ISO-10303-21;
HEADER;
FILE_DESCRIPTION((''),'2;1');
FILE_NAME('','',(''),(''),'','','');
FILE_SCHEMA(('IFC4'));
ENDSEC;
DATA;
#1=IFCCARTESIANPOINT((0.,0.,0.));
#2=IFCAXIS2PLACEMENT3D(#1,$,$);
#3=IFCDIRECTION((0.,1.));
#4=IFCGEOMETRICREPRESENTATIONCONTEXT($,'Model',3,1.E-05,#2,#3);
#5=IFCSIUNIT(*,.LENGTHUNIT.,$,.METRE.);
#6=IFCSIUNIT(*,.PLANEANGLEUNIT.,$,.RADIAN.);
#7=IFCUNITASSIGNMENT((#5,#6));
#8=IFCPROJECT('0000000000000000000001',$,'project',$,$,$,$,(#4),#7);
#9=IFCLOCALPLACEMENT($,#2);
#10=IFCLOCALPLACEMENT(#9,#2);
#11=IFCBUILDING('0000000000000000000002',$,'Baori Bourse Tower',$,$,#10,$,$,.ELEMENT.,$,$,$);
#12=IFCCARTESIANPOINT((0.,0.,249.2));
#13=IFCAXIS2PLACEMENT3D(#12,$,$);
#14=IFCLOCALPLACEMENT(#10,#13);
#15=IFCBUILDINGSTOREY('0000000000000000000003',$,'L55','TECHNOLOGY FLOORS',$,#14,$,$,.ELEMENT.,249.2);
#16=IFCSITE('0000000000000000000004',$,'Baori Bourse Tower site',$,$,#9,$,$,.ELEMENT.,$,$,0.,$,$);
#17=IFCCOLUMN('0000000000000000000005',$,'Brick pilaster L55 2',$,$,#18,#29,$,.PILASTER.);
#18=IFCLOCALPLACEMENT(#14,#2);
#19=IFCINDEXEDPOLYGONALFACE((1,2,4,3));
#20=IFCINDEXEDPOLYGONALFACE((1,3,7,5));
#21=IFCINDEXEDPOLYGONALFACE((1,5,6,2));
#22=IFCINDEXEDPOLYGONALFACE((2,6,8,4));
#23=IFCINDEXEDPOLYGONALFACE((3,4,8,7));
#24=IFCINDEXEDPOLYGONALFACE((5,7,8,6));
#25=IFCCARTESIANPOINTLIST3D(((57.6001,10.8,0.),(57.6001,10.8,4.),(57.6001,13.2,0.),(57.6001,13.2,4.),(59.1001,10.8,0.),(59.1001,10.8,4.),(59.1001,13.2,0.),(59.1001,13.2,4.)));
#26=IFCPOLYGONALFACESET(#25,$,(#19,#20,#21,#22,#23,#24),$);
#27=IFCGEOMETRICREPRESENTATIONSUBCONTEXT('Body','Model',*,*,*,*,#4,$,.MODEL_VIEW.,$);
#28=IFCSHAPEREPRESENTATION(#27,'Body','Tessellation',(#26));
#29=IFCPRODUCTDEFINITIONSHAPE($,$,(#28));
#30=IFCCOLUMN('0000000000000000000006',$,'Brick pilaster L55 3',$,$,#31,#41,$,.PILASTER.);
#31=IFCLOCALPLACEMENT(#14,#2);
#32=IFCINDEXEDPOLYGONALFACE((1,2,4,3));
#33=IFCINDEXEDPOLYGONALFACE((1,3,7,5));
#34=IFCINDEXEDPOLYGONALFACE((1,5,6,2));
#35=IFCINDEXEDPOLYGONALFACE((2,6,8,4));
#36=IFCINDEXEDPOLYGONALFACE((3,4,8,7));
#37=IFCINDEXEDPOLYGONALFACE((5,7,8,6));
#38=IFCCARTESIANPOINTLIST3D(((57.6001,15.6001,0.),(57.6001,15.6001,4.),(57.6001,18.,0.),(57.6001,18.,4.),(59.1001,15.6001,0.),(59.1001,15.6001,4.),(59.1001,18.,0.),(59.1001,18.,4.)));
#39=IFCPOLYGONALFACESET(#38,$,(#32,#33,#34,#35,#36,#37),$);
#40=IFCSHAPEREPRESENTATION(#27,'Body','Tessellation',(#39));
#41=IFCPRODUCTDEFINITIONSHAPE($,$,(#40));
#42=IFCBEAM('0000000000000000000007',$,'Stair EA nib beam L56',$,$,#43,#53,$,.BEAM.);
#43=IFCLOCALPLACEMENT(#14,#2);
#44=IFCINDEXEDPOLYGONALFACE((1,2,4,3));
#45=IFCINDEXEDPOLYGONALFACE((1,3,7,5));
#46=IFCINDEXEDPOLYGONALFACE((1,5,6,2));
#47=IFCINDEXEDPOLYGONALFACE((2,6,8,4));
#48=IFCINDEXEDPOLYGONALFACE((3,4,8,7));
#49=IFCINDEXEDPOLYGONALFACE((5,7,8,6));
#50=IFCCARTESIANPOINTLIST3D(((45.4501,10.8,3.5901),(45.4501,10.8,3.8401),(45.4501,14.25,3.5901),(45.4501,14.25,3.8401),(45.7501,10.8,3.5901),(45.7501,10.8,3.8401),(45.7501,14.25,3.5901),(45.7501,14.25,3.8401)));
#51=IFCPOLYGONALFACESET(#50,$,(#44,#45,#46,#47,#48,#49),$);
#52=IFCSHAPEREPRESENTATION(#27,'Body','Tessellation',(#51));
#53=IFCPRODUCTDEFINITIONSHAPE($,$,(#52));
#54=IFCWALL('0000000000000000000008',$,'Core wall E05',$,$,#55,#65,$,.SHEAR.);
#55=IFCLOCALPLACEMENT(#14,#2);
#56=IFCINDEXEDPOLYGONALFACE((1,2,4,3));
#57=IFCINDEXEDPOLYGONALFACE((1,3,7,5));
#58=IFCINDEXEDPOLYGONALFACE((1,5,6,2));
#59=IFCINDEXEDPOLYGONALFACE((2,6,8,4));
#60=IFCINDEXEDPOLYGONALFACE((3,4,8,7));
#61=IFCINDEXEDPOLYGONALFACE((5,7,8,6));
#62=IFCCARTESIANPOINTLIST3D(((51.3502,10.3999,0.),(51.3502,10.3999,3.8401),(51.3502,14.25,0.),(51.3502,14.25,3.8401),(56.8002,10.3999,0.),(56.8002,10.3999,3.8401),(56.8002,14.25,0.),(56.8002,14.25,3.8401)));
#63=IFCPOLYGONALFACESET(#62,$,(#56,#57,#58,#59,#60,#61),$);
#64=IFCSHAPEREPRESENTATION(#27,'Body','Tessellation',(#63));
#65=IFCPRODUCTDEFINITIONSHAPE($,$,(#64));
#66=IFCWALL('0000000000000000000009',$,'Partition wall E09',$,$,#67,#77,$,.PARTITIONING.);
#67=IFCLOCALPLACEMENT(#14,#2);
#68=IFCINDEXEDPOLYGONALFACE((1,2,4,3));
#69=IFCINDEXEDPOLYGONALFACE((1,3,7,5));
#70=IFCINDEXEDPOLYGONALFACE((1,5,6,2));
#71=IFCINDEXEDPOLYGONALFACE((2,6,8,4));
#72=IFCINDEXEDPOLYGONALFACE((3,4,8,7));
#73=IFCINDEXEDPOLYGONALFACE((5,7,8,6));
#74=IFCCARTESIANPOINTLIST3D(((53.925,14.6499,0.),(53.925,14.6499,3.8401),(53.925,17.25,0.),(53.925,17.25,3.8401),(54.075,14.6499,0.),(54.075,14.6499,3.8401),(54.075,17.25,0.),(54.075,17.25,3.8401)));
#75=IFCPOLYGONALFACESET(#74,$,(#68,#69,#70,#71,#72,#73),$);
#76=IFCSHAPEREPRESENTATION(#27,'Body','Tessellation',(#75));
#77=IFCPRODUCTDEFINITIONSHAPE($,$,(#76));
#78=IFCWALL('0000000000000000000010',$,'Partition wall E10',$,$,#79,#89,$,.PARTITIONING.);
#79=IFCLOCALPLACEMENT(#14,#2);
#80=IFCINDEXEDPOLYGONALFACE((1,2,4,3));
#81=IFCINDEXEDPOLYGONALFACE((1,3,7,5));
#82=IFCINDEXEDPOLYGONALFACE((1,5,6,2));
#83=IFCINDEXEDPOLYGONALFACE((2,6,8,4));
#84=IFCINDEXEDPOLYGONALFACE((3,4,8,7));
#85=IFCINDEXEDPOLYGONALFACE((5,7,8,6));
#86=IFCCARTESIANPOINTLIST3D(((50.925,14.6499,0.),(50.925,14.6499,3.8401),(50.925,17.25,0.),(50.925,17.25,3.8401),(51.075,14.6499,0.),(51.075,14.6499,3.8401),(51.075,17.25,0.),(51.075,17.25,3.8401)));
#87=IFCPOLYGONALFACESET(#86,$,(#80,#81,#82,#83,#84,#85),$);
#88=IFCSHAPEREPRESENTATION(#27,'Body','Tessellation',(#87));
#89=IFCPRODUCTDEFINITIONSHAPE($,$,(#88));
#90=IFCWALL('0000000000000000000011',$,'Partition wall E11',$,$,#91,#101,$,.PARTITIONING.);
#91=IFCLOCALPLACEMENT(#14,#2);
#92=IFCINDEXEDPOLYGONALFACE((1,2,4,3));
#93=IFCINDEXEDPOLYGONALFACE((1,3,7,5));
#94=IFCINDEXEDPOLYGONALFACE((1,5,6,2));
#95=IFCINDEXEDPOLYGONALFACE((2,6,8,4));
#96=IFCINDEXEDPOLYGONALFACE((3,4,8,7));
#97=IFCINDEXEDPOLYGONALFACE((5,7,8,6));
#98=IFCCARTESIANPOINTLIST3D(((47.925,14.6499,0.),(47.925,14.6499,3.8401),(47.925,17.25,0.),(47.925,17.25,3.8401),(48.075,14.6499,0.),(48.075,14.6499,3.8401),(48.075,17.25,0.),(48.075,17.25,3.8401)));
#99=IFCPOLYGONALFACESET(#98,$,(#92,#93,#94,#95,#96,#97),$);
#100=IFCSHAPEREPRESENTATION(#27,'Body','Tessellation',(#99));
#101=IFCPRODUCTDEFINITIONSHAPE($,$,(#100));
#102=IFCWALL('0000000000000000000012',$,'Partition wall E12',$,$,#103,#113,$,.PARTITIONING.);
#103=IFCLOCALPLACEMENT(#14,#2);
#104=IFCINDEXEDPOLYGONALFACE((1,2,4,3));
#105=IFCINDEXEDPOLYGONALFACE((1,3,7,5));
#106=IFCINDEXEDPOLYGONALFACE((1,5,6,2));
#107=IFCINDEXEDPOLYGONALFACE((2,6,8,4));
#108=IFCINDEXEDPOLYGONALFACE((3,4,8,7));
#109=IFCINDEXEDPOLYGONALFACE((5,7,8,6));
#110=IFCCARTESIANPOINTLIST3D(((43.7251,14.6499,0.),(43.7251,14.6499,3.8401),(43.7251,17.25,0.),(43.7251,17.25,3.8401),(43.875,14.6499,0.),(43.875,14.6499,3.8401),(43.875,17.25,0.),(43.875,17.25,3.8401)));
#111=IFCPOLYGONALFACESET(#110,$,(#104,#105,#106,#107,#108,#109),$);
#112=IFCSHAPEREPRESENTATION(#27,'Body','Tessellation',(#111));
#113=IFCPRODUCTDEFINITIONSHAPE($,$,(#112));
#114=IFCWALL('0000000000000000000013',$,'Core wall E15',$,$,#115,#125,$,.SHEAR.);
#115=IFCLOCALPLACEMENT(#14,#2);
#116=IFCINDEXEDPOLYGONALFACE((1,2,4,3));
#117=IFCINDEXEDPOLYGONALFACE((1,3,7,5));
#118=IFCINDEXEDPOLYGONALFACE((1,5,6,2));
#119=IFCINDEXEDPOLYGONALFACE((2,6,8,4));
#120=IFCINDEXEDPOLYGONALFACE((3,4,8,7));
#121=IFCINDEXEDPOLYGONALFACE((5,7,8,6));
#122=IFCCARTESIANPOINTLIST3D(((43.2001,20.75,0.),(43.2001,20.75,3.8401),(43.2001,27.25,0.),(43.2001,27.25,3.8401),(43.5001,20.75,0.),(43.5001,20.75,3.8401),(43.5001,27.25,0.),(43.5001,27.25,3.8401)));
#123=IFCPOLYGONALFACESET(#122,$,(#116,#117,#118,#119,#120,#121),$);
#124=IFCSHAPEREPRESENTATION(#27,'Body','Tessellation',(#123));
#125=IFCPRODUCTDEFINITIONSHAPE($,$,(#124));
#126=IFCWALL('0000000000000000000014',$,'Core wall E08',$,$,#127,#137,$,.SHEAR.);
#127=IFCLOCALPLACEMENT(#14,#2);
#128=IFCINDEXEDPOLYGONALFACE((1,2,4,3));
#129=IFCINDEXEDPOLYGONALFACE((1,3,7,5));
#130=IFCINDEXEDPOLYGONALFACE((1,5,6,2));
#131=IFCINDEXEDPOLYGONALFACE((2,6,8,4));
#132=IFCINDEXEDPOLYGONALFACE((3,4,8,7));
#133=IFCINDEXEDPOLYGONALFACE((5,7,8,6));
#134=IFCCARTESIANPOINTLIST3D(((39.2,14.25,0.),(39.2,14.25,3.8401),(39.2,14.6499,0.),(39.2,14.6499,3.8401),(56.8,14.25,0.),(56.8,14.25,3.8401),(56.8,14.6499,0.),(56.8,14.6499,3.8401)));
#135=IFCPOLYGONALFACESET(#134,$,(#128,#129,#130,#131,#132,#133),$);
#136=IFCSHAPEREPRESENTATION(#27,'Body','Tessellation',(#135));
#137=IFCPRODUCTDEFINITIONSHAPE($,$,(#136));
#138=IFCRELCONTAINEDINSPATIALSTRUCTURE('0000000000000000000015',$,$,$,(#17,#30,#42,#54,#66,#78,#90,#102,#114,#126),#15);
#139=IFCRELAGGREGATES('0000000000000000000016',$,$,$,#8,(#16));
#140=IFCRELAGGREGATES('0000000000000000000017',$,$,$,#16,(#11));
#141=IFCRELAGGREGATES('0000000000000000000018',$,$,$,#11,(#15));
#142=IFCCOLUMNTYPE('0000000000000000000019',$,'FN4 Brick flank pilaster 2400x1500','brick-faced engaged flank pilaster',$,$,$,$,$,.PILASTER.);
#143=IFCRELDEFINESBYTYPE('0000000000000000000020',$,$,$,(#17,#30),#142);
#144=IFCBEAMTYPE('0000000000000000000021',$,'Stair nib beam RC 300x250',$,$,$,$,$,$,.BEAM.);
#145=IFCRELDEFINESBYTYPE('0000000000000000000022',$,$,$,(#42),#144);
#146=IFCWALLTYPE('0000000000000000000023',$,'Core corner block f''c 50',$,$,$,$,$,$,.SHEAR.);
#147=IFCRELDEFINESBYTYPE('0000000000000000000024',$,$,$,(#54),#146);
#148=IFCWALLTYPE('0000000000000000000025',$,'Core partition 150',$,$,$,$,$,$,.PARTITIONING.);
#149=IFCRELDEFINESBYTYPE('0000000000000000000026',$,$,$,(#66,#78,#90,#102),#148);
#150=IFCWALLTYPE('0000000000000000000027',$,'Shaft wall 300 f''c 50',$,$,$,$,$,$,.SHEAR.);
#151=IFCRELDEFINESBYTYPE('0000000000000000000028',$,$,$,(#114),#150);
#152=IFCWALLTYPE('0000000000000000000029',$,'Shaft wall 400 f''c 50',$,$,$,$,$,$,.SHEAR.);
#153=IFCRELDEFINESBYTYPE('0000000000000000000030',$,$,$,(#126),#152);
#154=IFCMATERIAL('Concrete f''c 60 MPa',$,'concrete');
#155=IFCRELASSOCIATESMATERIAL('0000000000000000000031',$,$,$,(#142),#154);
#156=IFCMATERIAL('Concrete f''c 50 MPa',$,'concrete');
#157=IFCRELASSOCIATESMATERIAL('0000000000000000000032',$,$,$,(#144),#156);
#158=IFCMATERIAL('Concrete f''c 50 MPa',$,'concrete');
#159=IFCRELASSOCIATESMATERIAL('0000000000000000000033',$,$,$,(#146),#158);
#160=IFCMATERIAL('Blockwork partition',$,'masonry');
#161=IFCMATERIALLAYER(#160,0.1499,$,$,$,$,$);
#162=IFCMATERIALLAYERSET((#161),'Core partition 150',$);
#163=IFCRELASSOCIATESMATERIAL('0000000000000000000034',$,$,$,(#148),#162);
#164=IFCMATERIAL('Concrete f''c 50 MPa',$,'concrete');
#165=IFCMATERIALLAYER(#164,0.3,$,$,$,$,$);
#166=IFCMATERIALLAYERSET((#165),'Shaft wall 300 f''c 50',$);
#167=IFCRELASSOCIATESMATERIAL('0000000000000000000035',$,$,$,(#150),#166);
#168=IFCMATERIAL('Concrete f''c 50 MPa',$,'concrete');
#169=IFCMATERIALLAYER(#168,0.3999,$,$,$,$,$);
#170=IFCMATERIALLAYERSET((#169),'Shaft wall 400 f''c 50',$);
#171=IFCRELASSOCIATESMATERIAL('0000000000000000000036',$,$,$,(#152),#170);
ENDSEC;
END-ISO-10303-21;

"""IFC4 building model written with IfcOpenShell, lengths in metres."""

from ifc_helpers import new_model, si_unit, direction, frame, frame_2d, origin, origin_2d, place, context, subcontext, project, spatial, rectangle, extrude, material, layer, layer_set, material_profile, profile_set, type_object, element, save


model = new_model("IFC4")

# Units and contexts
model_context = context("Model", 3, precision=1e-05, world=origin(), true_north=direction((0.0, 1.0)))
body_context = subcontext(model_context, "Body", "Model", "MODEL_VIEW")
ifc_project = project(units=[si_unit("LENGTHUNIT", "METRE"), si_unit("PLANEANGLEUNIT", "RADIAN")], contexts=[model_context])

# Site, building, storey
site_placement = place(None, origin())
site = spatial("IfcSite", under=ifc_project, at=site_placement, Name="Baori Bourse Tower site", CompositionType="ELEMENT", RefElevation=0.0)
building_placement = place(site_placement, origin())
building = spatial("IfcBuilding", under=site, at=building_placement, Name="Baori Bourse Tower", CompositionType="ELEMENT")
storey_placement = place(building_placement, frame((0.0, 0.0, 249.2)))
storey = spatial("IfcBuildingStorey", under=building, at=storey_placement, Name="L55", Description="TECHNOLOGY FLOORS", CompositionType="ELEMENT", Elevation=249.2)

# Columns
ifc_material_1 = material(Name="Concrete f'c 60 MPa", Category="concrete")
ifc_material_profile_1 = material_profile(ifc_material_1, rectangle(XDim=2.3999, YDim=1.5, at=origin_2d()), Name="RC 2400x1500")
ifc_profile_set_1 = profile_set([ifc_material_profile_1], Name="Concrete f'c 60 MPa")
column_type = type_object("IfcColumnType", Name="FN4 Brick flank pilaster 2400x1500", Description="brick-faced engaged flank pilaster", PredefinedType="PILASTER", material=ifc_profile_set_1)
for number, where, z_axis, x_axis, name in (
    (1, (58.3501, 12.0, 0.0), (0.0, 0.0, 1.0), (0.0, 1.0, 0.0), "Brick pilaster L55 2"),
    (2, (58.3501, 16.8, 0.0), (0.0, 0.0, 1.0), (0.0, 1.0, 0.0), "Brick pilaster L55 3"),
):
    element("IfcColumn", number, at=place(storey_placement, frame(where, z_axis=z_axis, x_axis=x_axis)), inside=storey, type_object=column_type, Name=name, PredefinedType="PILASTER", context=body_context, shape_type="SweptSolid", body=[
        extrude(rectangle(XDim=2.3999, YDim=1.5, at=origin_2d()), origin(), (0.0, 0.0, 1.0), 4.0),
    ])

# Beam
ifc_material_2 = material(Name="Concrete f'c 50 MPa", Category="concrete")
ifc_material_profile_2 = material_profile(ifc_material_2, rectangle(XDim=0.3, YDim=0.25, at=origin_2d()), Name="RC 300x250")
ifc_profile_set_2 = profile_set([ifc_material_profile_2], Name="Concrete f'c 50 MPa")
beam_type = type_object("IfcBeamType", Name="Stair nib beam RC 300x250", PredefinedType="BEAM", material=ifc_profile_set_2)
beam_placement = place(storey_placement, frame((45.6001, 10.8, 3.7151), z_axis=(0.0, 1.0, 0.0), x_axis=(-1.0, 0.0, 0.0)))
element("IfcBeam", 3, at=beam_placement, inside=storey, type_object=beam_type, Name="Stair EA nib beam L56", PredefinedType="BEAM", context=body_context, shape_type="SweptSolid", body=[
    extrude(rectangle(XDim=0.3, YDim=0.25, at=origin_2d()), origin(), (0.0, 0.0, 1.0), 3.45),
])

# Walls
ifc_material_3 = material(Name="Concrete f'c 50 MPa", Category="concrete")
wall_type_1 = type_object("IfcWallType", Name="Core corner block f'c 50", PredefinedType="SHEAR", material=ifc_material_3)
wall_1_placement = place(storey_placement, frame((51.3501, 12.325, 0.0), z_axis=(0.0, 0.0, 1.0), x_axis=(1.0, 0.0, 0.0)))
element("IfcWall", 4, at=wall_1_placement, inside=storey, type_object=wall_type_1, Name="Core wall E05", PredefinedType="SHEAR", context=body_context, shape_type="SweptSolid", body=[
    extrude(rectangle(XDim=5.45, YDim=3.8501, at=frame_2d((2.7251, 0.0))), origin(), (0.0, 0.0, 1.0), 3.8401),
])
ifc_material_4 = material(Name="Blockwork partition", Category="masonry")
ifc_layer_1 = layer(ifc_material_4, 0.1499)
ifc_layer_set_1 = layer_set([ifc_layer_1], Name="Core partition 150")
wall_type_2 = type_object("IfcWallType", Name="Core partition 150", PredefinedType="PARTITIONING", material=ifc_layer_set_1)
for number, where, z_axis, x_axis, name in (
    (5, (54.0, 14.6499, 0.0), (0.0, 0.0, 1.0), (0.0, 1.0, 0.0), "Partition wall E09"),
    (6, (51.0, 14.6499, 0.0), (0.0, 0.0, 1.0), (0.0, 1.0, 0.0), "Partition wall E10"),
    (7, (48.0, 14.6499, 0.0), (0.0, 0.0, 1.0), (0.0, 1.0, 0.0), "Partition wall E11"),
    (8, (43.8, 14.6499, 0.0), (0.0, 0.0, 1.0), (0.0, 1.0, 0.0), "Partition wall E12"),
):
    element("IfcWall", number, at=place(storey_placement, frame(where, z_axis=z_axis, x_axis=x_axis)), inside=storey, type_object=wall_type_2, Name=name, PredefinedType="PARTITIONING", context=body_context, shape_type="SweptSolid", body=[
        extrude(rectangle(XDim=2.6001, YDim=0.1499, at=frame_2d((1.3, 0.0))), origin(), (0.0, 0.0, 1.0), 3.8401),
    ])
ifc_material_5 = material(Name="Concrete f'c 50 MPa", Category="concrete")
ifc_layer_2 = layer(ifc_material_5, 0.3)
ifc_layer_set_2 = layer_set([ifc_layer_2], Name="Shaft wall 300 f'c 50")
wall_type_3 = type_object("IfcWallType", Name="Shaft wall 300 f'c 50", PredefinedType="SHEAR", material=ifc_layer_set_2)
wall_2_placement = place(storey_placement, frame((43.3501, 20.75, 0.0), z_axis=(0.0, 0.0, 1.0), x_axis=(0.0, 1.0, 0.0)))
element("IfcWall", 9, at=wall_2_placement, inside=storey, type_object=wall_type_3, Name="Core wall E15", PredefinedType="SHEAR", context=body_context, shape_type="SweptSolid", body=[
    extrude(rectangle(XDim=6.5, YDim=0.3, at=frame_2d((3.25, 0.0))), origin(), (0.0, 0.0, 1.0), 3.8401),
])
ifc_material_6 = material(Name="Concrete f'c 50 MPa", Category="concrete")
ifc_layer_3 = layer(ifc_material_6, 0.3999)
ifc_layer_set_3 = layer_set([ifc_layer_3], Name="Shaft wall 400 f'c 50")
wall_type_4 = type_object("IfcWallType", Name="Shaft wall 400 f'c 50", PredefinedType="SHEAR", material=ifc_layer_set_3)
wall_3_placement = place(storey_placement, frame((39.2, 14.45, 0.0), z_axis=(0.0, 0.0, 1.0), x_axis=(1.0, 0.0, 0.0)))
element("IfcWall", 10, at=wall_3_placement, inside=storey, type_object=wall_type_4, Name="Core wall E08", PredefinedType="SHEAR", context=body_context, shape_type="SweptSolid", body=[
    extrude(rectangle(XDim=17.6001, YDim=0.3999, at=frame_2d((8.8, 0.0))), origin(), (0.0, 0.0, 1.0), 3.8401),
])

save(model, "model.ifc")
